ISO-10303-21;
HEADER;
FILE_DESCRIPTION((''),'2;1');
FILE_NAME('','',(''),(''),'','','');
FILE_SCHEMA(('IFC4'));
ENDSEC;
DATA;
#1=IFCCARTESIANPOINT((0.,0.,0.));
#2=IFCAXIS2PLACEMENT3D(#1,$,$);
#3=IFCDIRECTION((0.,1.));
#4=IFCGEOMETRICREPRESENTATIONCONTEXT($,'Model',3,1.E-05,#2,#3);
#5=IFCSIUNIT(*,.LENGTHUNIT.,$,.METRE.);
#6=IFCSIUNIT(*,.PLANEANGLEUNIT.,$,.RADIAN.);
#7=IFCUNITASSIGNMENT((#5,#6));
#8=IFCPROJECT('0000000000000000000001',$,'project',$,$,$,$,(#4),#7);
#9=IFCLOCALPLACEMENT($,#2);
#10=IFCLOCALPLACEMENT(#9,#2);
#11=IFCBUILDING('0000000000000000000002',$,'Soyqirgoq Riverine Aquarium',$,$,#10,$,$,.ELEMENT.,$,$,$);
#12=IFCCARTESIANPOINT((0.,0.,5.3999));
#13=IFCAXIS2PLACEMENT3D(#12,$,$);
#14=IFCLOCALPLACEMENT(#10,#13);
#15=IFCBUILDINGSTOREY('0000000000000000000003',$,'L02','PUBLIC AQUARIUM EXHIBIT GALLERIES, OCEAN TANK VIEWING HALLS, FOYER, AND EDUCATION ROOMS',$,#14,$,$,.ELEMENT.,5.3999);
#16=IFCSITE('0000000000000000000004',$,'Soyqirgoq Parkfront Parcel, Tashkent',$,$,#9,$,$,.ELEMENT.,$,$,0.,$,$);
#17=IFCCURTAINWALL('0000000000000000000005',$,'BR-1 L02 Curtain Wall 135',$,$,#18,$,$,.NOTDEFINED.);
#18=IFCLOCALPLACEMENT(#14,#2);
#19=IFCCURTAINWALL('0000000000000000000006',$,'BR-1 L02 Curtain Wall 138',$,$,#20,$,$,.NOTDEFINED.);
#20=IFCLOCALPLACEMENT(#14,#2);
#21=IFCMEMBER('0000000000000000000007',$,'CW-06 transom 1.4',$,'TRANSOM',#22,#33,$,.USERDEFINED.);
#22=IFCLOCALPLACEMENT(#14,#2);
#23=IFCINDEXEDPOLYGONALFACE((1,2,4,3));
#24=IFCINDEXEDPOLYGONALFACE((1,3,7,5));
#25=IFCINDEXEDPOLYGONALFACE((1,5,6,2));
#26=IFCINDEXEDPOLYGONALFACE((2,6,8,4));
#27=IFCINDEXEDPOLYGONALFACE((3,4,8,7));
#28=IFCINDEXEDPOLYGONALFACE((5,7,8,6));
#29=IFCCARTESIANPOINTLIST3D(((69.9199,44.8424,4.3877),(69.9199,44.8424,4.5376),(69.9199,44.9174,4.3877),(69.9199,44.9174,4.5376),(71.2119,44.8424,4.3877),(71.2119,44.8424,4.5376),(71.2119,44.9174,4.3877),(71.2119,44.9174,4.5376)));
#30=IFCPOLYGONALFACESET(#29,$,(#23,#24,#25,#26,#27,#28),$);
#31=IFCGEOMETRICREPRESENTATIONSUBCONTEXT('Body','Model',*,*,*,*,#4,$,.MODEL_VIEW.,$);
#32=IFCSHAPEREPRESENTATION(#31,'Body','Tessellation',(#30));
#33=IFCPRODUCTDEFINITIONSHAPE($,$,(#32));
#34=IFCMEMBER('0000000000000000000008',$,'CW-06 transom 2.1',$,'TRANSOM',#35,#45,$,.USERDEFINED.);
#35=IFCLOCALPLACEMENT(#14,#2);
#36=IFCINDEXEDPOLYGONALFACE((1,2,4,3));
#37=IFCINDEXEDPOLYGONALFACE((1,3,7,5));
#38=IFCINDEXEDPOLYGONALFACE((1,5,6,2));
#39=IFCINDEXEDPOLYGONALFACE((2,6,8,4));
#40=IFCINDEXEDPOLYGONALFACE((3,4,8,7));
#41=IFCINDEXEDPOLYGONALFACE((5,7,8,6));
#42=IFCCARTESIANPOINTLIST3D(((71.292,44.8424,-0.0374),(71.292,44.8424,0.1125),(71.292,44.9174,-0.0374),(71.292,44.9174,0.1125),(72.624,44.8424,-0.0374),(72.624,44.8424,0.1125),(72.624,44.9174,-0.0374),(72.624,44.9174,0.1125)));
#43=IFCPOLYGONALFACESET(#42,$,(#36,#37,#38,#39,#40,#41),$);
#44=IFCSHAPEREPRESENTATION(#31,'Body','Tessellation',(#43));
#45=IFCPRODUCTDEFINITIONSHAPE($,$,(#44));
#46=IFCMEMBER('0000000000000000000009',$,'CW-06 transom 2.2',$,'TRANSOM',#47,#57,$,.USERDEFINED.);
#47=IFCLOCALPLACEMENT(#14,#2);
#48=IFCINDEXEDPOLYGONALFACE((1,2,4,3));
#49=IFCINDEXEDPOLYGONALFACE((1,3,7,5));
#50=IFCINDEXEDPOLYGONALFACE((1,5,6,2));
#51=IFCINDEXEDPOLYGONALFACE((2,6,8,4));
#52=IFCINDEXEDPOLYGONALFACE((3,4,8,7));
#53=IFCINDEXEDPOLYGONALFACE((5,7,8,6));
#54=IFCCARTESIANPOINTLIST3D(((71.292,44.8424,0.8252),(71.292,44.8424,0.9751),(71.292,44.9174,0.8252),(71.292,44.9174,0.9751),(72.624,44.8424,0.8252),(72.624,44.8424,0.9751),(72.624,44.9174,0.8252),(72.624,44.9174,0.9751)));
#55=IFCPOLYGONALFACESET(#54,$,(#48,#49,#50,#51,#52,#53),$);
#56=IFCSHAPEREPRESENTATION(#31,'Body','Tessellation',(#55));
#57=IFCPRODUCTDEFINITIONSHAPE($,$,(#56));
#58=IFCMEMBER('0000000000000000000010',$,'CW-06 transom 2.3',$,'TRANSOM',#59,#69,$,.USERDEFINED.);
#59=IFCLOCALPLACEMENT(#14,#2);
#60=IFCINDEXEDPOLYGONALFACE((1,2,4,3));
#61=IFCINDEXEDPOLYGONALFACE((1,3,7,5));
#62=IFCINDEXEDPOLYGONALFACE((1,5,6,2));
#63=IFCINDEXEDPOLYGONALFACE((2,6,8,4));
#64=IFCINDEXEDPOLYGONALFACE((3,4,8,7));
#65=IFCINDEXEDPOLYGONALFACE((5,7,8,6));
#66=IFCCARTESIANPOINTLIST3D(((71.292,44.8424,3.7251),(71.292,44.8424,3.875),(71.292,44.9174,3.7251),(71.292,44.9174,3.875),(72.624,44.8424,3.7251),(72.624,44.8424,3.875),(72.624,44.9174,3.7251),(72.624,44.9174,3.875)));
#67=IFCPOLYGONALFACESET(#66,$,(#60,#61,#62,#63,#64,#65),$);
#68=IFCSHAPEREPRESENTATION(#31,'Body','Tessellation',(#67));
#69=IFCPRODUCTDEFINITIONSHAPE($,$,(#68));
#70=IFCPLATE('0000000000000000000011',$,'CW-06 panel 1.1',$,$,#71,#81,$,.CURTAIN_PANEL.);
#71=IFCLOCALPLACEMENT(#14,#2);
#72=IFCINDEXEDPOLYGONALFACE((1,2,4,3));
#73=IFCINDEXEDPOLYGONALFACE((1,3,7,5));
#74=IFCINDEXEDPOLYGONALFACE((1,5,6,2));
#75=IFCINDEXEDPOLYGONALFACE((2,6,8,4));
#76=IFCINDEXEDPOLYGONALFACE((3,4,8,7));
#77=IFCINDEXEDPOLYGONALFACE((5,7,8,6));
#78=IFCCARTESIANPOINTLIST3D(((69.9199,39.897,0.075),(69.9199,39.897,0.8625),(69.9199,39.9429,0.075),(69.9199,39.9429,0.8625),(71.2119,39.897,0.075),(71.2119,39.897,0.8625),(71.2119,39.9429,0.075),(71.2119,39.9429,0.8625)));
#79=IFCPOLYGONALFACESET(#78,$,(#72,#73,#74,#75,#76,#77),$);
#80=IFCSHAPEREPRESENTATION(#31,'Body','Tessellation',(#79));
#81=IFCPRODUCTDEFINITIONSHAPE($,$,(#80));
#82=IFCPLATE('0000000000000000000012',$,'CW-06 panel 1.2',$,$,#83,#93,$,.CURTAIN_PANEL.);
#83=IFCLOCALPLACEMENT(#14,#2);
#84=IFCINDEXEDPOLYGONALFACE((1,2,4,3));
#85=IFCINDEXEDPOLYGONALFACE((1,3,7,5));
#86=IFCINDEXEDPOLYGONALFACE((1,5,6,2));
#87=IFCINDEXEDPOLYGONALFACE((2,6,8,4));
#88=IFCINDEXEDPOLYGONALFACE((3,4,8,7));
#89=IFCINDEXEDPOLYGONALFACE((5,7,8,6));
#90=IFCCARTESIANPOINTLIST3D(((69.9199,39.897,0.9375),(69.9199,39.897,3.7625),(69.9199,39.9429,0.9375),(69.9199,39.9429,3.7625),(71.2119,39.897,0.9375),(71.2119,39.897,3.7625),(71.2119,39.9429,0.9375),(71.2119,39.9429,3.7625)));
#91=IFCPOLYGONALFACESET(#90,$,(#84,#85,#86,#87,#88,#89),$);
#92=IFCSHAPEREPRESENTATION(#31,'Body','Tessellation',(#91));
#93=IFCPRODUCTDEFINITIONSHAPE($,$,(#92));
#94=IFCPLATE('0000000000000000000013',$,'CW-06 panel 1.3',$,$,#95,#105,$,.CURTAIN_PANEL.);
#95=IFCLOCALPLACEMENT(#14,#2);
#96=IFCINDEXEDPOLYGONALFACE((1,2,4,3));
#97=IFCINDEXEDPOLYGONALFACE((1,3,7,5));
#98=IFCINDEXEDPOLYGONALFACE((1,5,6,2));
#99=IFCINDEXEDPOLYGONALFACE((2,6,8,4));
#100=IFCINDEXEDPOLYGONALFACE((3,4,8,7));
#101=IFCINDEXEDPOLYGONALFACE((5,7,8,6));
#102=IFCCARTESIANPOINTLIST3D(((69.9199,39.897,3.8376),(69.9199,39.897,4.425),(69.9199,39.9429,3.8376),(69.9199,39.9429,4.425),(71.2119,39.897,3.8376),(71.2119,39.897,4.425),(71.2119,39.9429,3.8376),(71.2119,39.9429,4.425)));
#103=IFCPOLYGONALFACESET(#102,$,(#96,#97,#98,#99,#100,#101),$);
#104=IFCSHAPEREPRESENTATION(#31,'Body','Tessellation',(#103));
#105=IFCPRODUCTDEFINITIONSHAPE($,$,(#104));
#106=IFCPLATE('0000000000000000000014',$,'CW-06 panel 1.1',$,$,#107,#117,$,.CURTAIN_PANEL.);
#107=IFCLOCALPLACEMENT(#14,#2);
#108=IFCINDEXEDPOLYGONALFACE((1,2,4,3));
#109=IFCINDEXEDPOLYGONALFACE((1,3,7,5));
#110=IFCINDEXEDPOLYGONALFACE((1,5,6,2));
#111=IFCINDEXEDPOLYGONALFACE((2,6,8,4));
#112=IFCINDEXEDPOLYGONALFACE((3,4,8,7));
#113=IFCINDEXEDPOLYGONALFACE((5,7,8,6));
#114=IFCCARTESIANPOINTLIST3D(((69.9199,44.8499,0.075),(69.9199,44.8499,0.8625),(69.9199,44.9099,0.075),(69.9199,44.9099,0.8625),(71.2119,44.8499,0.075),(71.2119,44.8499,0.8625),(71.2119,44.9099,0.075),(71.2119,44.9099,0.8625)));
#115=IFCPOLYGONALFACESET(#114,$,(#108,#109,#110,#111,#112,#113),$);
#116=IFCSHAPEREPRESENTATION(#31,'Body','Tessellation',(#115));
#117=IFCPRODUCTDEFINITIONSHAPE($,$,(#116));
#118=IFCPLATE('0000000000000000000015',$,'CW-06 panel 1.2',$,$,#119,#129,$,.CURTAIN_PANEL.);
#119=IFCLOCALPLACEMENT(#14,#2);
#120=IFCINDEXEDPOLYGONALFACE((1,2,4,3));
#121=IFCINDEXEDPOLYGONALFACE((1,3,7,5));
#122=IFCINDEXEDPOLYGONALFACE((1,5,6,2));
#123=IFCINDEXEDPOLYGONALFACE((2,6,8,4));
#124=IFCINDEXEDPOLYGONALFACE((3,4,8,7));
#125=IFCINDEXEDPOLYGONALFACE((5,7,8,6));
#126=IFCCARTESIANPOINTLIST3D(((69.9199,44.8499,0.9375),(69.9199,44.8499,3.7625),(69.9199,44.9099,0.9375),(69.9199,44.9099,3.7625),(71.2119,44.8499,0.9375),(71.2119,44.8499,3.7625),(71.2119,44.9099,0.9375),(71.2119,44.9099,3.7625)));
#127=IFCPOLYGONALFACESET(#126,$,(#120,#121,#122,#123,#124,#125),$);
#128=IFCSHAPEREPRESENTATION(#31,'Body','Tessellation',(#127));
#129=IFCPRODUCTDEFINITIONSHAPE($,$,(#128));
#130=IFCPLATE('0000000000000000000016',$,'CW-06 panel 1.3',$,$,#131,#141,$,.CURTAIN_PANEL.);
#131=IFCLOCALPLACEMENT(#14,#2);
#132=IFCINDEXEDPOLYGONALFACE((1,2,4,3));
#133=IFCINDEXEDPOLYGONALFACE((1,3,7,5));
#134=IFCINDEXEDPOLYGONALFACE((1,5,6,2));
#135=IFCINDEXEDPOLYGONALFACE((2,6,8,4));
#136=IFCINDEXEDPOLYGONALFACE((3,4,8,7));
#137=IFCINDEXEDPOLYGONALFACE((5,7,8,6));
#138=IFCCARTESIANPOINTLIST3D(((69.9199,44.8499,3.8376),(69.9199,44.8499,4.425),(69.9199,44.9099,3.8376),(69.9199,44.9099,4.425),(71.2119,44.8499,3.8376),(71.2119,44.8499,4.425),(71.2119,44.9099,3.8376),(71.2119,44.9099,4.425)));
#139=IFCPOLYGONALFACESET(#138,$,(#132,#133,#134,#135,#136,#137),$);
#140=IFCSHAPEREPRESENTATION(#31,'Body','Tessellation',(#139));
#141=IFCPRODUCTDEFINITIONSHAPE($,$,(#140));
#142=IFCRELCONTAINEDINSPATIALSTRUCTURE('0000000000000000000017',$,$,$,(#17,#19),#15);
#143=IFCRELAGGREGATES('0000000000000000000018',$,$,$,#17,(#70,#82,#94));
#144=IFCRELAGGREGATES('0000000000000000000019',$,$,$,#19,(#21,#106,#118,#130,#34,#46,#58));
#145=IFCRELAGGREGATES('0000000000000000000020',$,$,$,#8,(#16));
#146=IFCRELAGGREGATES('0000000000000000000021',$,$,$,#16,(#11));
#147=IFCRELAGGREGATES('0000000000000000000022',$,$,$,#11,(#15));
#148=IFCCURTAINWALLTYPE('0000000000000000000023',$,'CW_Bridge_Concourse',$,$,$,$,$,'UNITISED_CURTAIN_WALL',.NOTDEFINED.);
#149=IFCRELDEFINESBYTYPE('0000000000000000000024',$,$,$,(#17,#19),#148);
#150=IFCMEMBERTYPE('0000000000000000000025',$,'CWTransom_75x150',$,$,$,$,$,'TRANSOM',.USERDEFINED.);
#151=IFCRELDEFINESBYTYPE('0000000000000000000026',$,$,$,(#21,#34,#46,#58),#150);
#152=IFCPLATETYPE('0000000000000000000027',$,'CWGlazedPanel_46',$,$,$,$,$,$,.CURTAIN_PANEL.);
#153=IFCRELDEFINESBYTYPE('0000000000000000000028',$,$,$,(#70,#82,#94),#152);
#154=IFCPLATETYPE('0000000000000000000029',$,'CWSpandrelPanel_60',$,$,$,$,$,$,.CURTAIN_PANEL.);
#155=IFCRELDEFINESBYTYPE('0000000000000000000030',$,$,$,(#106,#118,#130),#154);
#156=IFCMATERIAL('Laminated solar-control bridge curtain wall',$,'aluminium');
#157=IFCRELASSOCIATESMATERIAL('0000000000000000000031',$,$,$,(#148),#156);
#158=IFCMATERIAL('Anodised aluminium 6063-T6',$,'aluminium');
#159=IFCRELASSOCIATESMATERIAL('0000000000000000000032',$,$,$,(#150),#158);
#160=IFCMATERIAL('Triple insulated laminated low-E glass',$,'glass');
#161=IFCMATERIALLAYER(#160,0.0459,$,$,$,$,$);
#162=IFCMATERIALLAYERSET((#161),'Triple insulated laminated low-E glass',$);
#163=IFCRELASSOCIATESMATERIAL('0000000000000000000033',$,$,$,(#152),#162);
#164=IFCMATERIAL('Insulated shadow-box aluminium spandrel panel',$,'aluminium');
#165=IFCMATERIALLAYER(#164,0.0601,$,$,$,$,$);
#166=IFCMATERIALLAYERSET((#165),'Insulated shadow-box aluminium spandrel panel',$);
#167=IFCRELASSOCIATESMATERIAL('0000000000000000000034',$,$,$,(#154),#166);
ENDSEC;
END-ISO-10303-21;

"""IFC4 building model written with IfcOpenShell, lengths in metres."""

from ifc_helpers import new_model, si_unit, direction, frame, origin, origin_2d, place, context, subcontext, project, spatial, rectangle, extrude, material, layer, layer_set, material_profile, profile_set, type_object, element, aggregate, save


model = new_model("IFC4")

# Units and contexts
model_context = context("Model", 3, precision=1e-05, world=origin(), true_north=direction((0.0, 1.0)))
body_context = subcontext(model_context, "Body", "Model", "MODEL_VIEW")
ifc_project = project(units=[si_unit("LENGTHUNIT", "METRE"), si_unit("PLANEANGLEUNIT", "RADIAN")], contexts=[model_context])

# Site, building, storey
site_placement = place(None, origin())
site = spatial("IfcSite", under=ifc_project, at=site_placement, Name="Soyqirgoq Parkfront Parcel, Tashkent", CompositionType="ELEMENT", RefElevation=0.0)
building_placement = place(site_placement, origin())
building = spatial("IfcBuilding", under=site, at=building_placement, Name="Soyqirgoq Riverine Aquarium", CompositionType="ELEMENT")
storey_placement = place(building_placement, frame((0.0, 0.0, 5.3999)))
storey = spatial("IfcBuildingStorey", under=building, at=storey_placement, Name="L02", Description="PUBLIC AQUARIUM EXHIBIT GALLERIES, OCEAN TANK VIEWING HALLS, FOYER, AND EDUCATION ROOMS", CompositionType="ELEMENT", Elevation=5.3999)

# Curtain walls
ifc_material_1 = material(Name="Laminated solar-control bridge curtain wall", Category="aluminium")
curtain_wall_type = type_object("IfcCurtainWallType", Name="CW_Bridge_Concourse", ElementType="UNITISED_CURTAIN_WALL", PredefinedType="NOTDEFINED", material=ifc_material_1)
curtain_wall_1_placement = place(storey_placement, origin())
curtain_wall_1 = element("IfcCurtainWall", 1, at=curtain_wall_1_placement, inside=storey, type_object=curtain_wall_type, Name="BR-1 L02 Curtain Wall 135", PredefinedType="NOTDEFINED")
curtain_wall_2_placement = place(storey_placement, origin())
curtain_wall_2 = element("IfcCurtainWall", 2, at=curtain_wall_2_placement, inside=storey, type_object=curtain_wall_type, Name="BR-1 L02 Curtain Wall 138", PredefinedType="NOTDEFINED")

# Members
ifc_material_2 = material(Name="Anodised aluminium 6063-T6", Category="aluminium")
ifc_material_profile_1 = material_profile(ifc_material_2, rectangle(XDim=0.075, YDim=0.1499, at=origin_2d()), Name="ALU-T 75x150")
ifc_profile_set_1 = profile_set([ifc_material_profile_1], Name="Anodised aluminium 6063-T6")
member_type_1 = type_object("IfcMemberType", Name="CWTransom_75x150", ElementType="TRANSOM", PredefinedType="USERDEFINED", material=ifc_profile_set_1)
member_1_placement = place(storey_placement, frame((69.9199, 44.8799, 4.4626), z_axis=(1.0, 0.0, 0.0), x_axis=(0.0, 1.0, 0.0)))
member_1 = element("IfcMember", 3, at=member_1_placement, type_object=member_type_1, Name="CW-06 transom 1.4", ObjectType="TRANSOM", PredefinedType="USERDEFINED", context=body_context, shape_type="SweptSolid", body=[
    extrude(rectangle(XDim=0.075, YDim=0.1499, at=origin_2d()), origin(), (0.0, 0.0, 1.0), 1.292),
])
member_2_placement = place(storey_placement, frame((71.292, 44.8799, 0.0376), z_axis=(1.0, 0.0, 0.0), x_axis=(0.0, 1.0, 0.0)))
member_2 = element("IfcMember", 4, at=member_2_placement, type_object=member_type_1, Name="CW-06 transom 2.1", ObjectType="TRANSOM", PredefinedType="USERDEFINED", context=body_context, shape_type="SweptSolid", body=[
    extrude(rectangle(XDim=0.075, YDim=0.1499, at=origin_2d()), origin(), (0.0, 0.0, 1.0), 1.332),
])
member_3_placement = place(storey_placement, frame((71.292, 44.8799, 0.9001), z_axis=(1.0, 0.0, 0.0), x_axis=(0.0, 1.0, 0.0)))
member_3 = element("IfcMember", 5, at=member_3_placement, type_object=member_type_1, Name="CW-06 transom 2.2", ObjectType="TRANSOM", PredefinedType="USERDEFINED", context=body_context, shape_type="SweptSolid", body=[
    extrude(rectangle(XDim=0.075, YDim=0.1499, at=origin_2d()), origin(), (0.0, 0.0, 1.0), 1.332),
])
member_4_placement = place(storey_placement, frame((71.292, 44.8799, 3.8), z_axis=(1.0, 0.0, 0.0), x_axis=(0.0, 1.0, 0.0)))
member_4 = element("IfcMember", 6, at=member_4_placement, type_object=member_type_1, Name="CW-06 transom 2.3", ObjectType="TRANSOM", PredefinedType="USERDEFINED", context=body_context, shape_type="SweptSolid", body=[
    extrude(rectangle(XDim=0.075, YDim=0.1499, at=origin_2d()), origin(), (0.0, 0.0, 1.0), 1.332),
])

# Plates
ifc_material_3 = material(Name="Triple insulated laminated low-E glass", Category="glass")
ifc_layer_1 = layer(ifc_material_3, 0.0459)
ifc_layer_set_1 = layer_set([ifc_layer_1], Name="Triple insulated laminated low-E glass")
plate_type_1 = type_object("IfcPlateType", Name="CWGlazedPanel_46", PredefinedType="CURTAIN_PANEL", material=ifc_layer_set_1)
plate_1_placement = place(storey_placement, frame((70.5659, 39.9199, 0.075), z_axis=(0.0, 0.0, 1.0), x_axis=(1.0, 0.0, 0.0)))
plate_1 = element("IfcPlate", 7, at=plate_1_placement, type_object=plate_type_1, Name="CW-06 panel 1.1", PredefinedType="CURTAIN_PANEL", context=body_context, shape_type="SweptSolid", body=[
    extrude(rectangle(XDim=1.292, YDim=0.0459, at=origin_2d()), origin(), (0.0, 0.0, 1.0), 0.7876),
])
plate_2_placement = place(storey_placement, frame((70.5659, 39.9199, 0.9375), z_axis=(0.0, 0.0, 1.0), x_axis=(1.0, 0.0, 0.0)))
plate_2 = element("IfcPlate", 8, at=plate_2_placement, type_object=plate_type_1, Name="CW-06 panel 1.2", PredefinedType="CURTAIN_PANEL", context=body_context, shape_type="SweptSolid", body=[
    extrude(rectangle(XDim=1.292, YDim=0.0459, at=origin_2d()), origin(), (0.0, 0.0, 1.0), 2.825),
])
plate_3_placement = place(storey_placement, frame((70.5659, 39.9199, 3.8376), z_axis=(0.0, 0.0, 1.0), x_axis=(1.0, 0.0, 0.0)))
plate_3 = element("IfcPlate", 9, at=plate_3_placement, type_object=plate_type_1, Name="CW-06 panel 1.3", PredefinedType="CURTAIN_PANEL", context=body_context, shape_type="SweptSolid", body=[
    extrude(rectangle(XDim=1.292, YDim=0.0459, at=origin_2d()), origin(), (0.0, 0.0, 1.0), 0.5874),
])
aggregate(curtain_wall_1, [plate_1, plate_2, plate_3])
ifc_material_4 = material(Name="Insulated shadow-box aluminium spandrel panel", Category="aluminium")
ifc_layer_2 = layer(ifc_material_4, 0.0601)
ifc_layer_set_2 = layer_set([ifc_layer_2], Name="Insulated shadow-box aluminium spandrel panel")
plate_type_2 = type_object("IfcPlateType", Name="CWSpandrelPanel_60", PredefinedType="CURTAIN_PANEL", material=ifc_layer_set_2)
plate_4_placement = place(storey_placement, frame((70.5659, 44.8799, 0.075), z_axis=(0.0, 0.0, 1.0), x_axis=(1.0, 0.0, 0.0)))
plate_4 = element("IfcPlate", 10, at=plate_4_placement, type_object=plate_type_2, Name="CW-06 panel 1.1", PredefinedType="CURTAIN_PANEL", context=body_context, shape_type="SweptSolid", body=[
    extrude(rectangle(XDim=1.292, YDim=0.0601, at=origin_2d()), origin(), (0.0, 0.0, 1.0), 0.7876),
])
plate_5_placement = place(storey_placement, frame((70.5659, 44.8799, 0.9375), z_axis=(0.0, 0.0, 1.0), x_axis=(1.0, 0.0, 0.0)))
plate_5 = element("IfcPlate", 11, at=plate_5_placement, type_object=plate_type_2, Name="CW-06 panel 1.2", PredefinedType="CURTAIN_PANEL", context=body_context, shape_type="SweptSolid", body=[
    extrude(rectangle(XDim=1.292, YDim=0.0601, at=origin_2d()), origin(), (0.0, 0.0, 1.0), 2.825),
])
plate_6_placement = place(storey_placement, frame((70.5659, 44.8799, 3.8376), z_axis=(0.0, 0.0, 1.0), x_axis=(1.0, 0.0, 0.0)))
plate_6 = element("IfcPlate", 12, at=plate_6_placement, type_object=plate_type_2, Name="CW-06 panel 1.3", PredefinedType="CURTAIN_PANEL", context=body_context, shape_type="SweptSolid", body=[
    extrude(rectangle(XDim=1.292, YDim=0.0601, at=origin_2d()), origin(), (0.0, 0.0, 1.0), 0.5874),
])
aggregate(curtain_wall_2, [member_1, plate_4, plate_5, plate_6, member_2, member_3, member_4])

save(model, "model.ifc")
